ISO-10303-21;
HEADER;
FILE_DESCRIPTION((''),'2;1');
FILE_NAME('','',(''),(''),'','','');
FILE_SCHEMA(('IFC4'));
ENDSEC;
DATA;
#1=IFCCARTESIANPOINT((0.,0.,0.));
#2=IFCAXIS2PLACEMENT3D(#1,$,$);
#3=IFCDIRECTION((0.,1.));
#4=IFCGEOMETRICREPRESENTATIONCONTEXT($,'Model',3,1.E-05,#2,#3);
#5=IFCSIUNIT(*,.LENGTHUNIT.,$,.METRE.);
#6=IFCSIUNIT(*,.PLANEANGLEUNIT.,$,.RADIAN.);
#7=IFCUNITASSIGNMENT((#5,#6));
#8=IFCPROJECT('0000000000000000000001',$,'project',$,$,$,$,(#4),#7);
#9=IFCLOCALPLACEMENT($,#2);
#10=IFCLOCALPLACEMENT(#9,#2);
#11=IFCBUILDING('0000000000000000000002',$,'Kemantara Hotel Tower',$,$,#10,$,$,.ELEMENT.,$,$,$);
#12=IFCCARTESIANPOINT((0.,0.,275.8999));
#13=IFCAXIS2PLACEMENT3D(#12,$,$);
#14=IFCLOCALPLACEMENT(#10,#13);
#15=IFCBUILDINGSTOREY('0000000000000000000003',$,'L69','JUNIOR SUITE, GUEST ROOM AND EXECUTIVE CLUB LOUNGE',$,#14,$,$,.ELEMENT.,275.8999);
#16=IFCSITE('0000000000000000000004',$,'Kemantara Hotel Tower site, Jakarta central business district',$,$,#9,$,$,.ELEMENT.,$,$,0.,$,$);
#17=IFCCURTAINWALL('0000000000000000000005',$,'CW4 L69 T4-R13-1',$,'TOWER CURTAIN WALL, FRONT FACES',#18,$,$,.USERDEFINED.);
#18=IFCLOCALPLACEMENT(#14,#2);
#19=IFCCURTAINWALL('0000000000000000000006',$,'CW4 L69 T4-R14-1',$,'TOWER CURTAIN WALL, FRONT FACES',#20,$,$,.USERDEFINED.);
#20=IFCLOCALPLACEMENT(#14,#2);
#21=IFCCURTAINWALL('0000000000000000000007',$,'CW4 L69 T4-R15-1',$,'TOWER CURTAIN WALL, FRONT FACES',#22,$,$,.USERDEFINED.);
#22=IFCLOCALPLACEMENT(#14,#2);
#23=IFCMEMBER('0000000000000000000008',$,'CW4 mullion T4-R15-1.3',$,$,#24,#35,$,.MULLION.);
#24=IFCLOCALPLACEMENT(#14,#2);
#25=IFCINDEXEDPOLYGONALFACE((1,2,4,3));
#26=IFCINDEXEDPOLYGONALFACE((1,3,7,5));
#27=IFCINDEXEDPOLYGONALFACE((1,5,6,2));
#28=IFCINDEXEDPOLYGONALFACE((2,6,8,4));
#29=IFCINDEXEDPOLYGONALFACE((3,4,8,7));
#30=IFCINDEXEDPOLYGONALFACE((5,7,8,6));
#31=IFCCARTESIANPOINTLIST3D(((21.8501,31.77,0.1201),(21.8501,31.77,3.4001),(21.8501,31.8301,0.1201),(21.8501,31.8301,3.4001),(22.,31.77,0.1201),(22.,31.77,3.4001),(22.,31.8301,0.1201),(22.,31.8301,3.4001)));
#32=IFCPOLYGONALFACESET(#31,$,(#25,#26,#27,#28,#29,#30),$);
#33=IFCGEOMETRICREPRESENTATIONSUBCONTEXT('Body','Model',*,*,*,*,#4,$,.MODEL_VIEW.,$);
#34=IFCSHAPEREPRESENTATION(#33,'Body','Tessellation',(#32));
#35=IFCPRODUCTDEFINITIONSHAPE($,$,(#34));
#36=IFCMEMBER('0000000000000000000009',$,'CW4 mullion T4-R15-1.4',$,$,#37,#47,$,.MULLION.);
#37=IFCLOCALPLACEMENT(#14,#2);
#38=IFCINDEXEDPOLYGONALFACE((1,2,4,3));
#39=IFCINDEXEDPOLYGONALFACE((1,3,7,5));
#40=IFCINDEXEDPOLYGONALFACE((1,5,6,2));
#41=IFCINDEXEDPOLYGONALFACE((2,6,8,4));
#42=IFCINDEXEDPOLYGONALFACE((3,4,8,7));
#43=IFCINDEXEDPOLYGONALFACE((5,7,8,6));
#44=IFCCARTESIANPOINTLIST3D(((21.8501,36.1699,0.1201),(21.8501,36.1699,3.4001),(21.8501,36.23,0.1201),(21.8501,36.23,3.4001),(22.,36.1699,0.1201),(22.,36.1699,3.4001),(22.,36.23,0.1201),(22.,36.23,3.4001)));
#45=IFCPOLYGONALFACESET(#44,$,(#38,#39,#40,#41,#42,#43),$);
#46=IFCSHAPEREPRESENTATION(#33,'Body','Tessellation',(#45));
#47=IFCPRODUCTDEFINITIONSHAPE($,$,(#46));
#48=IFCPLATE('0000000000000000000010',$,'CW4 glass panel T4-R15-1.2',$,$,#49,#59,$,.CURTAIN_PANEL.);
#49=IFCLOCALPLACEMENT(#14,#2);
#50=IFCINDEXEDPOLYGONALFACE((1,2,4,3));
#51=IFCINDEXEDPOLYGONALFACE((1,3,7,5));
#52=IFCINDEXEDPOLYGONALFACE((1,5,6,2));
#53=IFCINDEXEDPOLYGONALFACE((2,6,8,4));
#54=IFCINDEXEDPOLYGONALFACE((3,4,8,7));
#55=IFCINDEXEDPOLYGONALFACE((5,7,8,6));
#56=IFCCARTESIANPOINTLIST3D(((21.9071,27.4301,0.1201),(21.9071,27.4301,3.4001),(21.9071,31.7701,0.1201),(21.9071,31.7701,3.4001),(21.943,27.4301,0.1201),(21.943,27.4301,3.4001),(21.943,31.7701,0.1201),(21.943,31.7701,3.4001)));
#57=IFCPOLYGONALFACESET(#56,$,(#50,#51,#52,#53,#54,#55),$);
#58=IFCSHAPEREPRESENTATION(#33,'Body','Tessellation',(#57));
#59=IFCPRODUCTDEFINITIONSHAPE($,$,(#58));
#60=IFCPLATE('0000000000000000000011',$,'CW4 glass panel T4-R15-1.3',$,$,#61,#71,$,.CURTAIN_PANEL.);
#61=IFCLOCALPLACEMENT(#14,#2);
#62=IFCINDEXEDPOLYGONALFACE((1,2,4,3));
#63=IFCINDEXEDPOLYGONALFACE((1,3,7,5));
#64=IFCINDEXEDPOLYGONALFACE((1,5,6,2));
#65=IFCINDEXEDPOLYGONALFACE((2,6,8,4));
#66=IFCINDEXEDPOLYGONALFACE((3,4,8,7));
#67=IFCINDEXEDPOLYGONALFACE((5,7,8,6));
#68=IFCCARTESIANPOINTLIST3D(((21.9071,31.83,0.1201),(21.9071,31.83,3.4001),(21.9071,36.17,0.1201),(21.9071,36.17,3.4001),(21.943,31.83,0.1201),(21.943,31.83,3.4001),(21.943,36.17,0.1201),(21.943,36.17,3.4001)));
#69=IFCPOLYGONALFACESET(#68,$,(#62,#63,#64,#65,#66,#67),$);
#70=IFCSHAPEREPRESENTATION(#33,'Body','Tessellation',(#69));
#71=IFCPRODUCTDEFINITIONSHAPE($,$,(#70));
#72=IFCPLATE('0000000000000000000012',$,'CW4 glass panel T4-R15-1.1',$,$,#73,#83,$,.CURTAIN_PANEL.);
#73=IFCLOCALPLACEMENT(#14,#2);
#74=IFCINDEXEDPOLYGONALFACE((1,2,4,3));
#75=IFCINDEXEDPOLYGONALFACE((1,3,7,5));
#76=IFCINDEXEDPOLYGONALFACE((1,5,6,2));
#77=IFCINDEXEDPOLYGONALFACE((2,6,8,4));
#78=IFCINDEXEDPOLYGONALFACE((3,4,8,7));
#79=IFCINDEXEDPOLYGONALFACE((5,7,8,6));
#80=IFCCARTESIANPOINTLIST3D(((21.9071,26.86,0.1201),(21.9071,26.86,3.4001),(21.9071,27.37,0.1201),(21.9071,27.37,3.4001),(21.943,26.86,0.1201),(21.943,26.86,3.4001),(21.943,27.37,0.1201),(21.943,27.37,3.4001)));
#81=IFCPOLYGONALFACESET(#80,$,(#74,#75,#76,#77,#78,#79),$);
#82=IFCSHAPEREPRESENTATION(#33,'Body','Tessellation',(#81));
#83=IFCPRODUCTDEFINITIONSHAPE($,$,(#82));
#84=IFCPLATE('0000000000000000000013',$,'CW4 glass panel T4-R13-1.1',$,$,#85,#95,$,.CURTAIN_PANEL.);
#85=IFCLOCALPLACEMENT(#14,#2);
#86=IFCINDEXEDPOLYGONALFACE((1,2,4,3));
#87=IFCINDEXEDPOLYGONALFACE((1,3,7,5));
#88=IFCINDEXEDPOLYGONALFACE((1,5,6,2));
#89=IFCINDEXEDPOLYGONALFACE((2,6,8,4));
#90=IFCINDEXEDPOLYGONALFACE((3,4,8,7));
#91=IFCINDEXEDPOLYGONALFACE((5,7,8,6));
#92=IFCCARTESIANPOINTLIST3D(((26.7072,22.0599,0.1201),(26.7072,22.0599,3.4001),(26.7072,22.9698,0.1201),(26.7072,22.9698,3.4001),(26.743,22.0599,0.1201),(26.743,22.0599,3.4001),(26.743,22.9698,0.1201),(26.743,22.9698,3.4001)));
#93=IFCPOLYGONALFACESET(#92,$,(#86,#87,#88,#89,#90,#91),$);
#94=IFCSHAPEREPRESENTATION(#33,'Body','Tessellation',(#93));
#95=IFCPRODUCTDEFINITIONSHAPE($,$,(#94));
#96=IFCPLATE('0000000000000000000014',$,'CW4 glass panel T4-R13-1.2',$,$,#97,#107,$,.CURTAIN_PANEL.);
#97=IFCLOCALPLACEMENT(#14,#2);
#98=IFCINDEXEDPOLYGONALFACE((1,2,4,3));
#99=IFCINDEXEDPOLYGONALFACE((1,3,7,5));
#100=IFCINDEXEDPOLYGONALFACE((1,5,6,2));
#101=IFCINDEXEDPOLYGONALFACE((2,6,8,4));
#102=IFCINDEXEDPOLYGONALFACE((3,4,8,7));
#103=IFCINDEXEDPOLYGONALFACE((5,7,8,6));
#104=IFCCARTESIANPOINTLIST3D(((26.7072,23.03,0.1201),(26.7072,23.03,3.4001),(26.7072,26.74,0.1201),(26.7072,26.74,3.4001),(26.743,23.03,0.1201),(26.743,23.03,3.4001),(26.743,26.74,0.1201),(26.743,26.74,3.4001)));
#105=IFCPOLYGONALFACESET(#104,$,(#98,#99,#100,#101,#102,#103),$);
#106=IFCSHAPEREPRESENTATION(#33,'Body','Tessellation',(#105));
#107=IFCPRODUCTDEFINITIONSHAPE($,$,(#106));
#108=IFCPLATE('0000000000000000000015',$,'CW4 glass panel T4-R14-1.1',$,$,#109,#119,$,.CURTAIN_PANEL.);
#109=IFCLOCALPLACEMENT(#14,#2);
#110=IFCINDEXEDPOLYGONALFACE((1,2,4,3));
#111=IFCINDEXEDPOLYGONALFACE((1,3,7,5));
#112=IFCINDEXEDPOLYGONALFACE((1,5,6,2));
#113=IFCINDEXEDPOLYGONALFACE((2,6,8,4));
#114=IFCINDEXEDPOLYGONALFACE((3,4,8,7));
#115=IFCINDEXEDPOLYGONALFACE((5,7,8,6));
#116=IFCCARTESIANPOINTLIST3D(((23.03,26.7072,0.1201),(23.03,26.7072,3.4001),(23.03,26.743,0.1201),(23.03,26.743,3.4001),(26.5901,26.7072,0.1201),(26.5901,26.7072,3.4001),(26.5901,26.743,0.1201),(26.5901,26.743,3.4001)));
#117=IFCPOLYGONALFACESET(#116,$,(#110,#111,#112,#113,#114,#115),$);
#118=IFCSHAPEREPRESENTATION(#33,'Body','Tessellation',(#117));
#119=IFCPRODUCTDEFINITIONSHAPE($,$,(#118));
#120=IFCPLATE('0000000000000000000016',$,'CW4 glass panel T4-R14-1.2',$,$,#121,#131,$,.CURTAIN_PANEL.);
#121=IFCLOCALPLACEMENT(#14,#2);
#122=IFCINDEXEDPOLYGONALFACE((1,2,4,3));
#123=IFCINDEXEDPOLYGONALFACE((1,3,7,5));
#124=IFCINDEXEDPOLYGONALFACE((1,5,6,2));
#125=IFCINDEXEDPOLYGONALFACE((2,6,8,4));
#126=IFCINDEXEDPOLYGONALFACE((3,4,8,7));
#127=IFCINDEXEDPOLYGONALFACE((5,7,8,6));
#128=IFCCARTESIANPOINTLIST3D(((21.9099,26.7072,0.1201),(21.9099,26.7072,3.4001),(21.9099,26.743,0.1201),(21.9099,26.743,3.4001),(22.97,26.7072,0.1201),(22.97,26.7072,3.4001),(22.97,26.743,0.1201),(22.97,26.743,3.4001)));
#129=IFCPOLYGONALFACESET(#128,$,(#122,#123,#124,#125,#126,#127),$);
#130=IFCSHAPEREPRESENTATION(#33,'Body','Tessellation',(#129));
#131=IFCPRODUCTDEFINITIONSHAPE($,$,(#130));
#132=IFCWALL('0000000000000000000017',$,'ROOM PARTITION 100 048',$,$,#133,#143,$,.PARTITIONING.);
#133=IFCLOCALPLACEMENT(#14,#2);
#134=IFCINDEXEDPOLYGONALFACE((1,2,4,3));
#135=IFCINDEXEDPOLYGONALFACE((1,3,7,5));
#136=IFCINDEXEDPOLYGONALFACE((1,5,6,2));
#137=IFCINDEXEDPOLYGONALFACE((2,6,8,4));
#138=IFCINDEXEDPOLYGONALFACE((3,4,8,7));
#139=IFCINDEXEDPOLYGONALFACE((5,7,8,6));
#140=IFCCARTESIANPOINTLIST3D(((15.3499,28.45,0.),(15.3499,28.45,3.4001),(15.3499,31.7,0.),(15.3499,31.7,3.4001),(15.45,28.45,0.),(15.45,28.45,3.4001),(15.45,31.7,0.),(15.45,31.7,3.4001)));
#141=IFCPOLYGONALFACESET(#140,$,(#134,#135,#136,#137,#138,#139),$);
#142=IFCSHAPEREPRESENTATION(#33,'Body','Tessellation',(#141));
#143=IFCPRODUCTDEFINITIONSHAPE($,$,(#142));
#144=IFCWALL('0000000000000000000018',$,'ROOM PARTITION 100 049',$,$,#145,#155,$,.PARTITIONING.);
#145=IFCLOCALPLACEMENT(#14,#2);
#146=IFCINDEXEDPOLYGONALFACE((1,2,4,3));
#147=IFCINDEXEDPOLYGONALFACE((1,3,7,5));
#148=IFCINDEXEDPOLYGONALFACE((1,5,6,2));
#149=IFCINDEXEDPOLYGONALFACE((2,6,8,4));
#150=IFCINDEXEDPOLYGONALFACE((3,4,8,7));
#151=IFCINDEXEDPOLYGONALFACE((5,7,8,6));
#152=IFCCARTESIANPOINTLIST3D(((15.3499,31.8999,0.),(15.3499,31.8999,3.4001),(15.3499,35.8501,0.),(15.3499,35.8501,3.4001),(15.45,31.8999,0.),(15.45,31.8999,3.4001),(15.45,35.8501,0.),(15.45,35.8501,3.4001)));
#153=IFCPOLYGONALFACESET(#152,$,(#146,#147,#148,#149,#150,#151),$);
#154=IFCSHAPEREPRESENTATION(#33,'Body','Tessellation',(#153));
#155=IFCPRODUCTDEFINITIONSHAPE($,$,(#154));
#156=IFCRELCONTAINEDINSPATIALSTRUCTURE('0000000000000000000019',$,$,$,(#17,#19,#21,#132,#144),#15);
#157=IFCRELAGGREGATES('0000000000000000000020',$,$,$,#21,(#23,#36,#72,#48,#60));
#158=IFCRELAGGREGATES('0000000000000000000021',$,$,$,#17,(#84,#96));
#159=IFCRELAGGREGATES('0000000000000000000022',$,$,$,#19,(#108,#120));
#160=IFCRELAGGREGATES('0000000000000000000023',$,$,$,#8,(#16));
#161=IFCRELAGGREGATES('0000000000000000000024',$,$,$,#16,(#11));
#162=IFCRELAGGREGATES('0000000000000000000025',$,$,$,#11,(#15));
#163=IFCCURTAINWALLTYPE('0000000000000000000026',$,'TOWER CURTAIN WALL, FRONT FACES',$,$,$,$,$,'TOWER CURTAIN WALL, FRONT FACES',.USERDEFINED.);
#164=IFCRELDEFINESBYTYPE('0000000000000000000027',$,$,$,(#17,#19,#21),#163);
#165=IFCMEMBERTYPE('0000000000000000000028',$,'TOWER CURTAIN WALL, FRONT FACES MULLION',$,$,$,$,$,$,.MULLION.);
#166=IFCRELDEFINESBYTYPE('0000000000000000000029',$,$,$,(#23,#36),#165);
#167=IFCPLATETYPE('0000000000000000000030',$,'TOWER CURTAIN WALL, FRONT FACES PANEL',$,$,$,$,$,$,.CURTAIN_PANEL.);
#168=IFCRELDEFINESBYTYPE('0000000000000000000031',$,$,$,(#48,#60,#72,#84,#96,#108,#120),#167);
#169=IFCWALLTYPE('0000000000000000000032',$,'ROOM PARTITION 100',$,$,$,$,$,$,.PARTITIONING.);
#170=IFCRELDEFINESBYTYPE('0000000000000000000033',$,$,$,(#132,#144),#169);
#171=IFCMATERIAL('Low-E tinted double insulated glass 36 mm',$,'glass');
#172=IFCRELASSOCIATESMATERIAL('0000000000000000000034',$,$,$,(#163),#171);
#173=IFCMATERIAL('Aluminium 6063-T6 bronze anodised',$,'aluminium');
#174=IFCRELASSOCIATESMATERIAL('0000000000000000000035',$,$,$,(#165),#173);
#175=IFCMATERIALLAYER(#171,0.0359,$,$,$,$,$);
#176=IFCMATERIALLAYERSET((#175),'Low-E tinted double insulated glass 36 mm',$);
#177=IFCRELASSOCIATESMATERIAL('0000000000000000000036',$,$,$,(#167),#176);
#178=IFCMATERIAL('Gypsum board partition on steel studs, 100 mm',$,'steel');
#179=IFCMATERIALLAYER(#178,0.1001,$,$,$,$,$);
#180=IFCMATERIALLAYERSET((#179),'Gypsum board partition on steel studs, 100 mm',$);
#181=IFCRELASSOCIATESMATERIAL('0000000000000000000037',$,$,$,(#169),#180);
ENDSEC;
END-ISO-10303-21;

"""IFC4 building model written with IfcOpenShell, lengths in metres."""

from ifc_helpers import new_model, si_unit, direction, frame, frame_2d, origin, origin_2d, place, context, subcontext, project, spatial, rectangle, extrude, source, transform, mapped, material, layer, layer_set, material_profile, profile_set, type_object, element, aggregate, save


model = new_model("IFC4")

# Units and contexts
model_context = context("Model", 3, precision=1e-05, world=origin(), true_north=direction((0.0, 1.0)))
body_context = subcontext(model_context, "Body", "Model", "MODEL_VIEW")
ifc_project = project(units=[si_unit("LENGTHUNIT", "METRE"), si_unit("PLANEANGLEUNIT", "RADIAN")], contexts=[model_context])

# Site, building, storey
site_placement = place(None, origin())
site = spatial("IfcSite", under=ifc_project, at=site_placement, Name="Kemantara Hotel Tower site, Jakarta central business district", CompositionType="ELEMENT", RefElevation=0.0)
building_placement = place(site_placement, origin())
building = spatial("IfcBuilding", under=site, at=building_placement, Name="Kemantara Hotel Tower", CompositionType="ELEMENT")
storey_placement = place(building_placement, frame((0.0, 0.0, 275.8999)))
storey = spatial("IfcBuildingStorey", under=building, at=storey_placement, Name="L69", Description="JUNIOR SUITE, GUEST ROOM AND EXECUTIVE CLUB LOUNGE", CompositionType="ELEMENT", Elevation=275.8999)

# Curtain walls
ifc_material_1 = material(Name="Low-E tinted double insulated glass 36 mm", Category="glass")
curtain_wall_type = type_object("IfcCurtainWallType", Name="TOWER CURTAIN WALL, FRONT FACES", ElementType="TOWER CURTAIN WALL, FRONT FACES", PredefinedType="USERDEFINED", material=ifc_material_1)
curtain_wall_1_placement = place(storey_placement, origin())
curtain_wall_1 = element("IfcCurtainWall", 1, at=curtain_wall_1_placement, inside=storey, type_object=curtain_wall_type, Name="CW4 L69 T4-R13-1", ObjectType="TOWER CURTAIN WALL, FRONT FACES", PredefinedType="USERDEFINED")
ifc_material_2 = material(Name="Aluminium 6063-T6 bronze anodised", Category="aluminium")
curtain_wall_2_placement = place(storey_placement, origin())
curtain_wall_2 = element("IfcCurtainWall", 2, at=curtain_wall_2_placement, inside=storey, type_object=curtain_wall_type, Name="CW4 L69 T4-R14-1", ObjectType="TOWER CURTAIN WALL, FRONT FACES", PredefinedType="USERDEFINED")
curtain_wall_3_placement = place(storey_placement, origin())
curtain_wall_3 = element("IfcCurtainWall", 3, at=curtain_wall_3_placement, inside=storey, type_object=curtain_wall_type, Name="CW4 L69 T4-R15-1", ObjectType="TOWER CURTAIN WALL, FRONT FACES", PredefinedType="USERDEFINED")

# Members
ifc_material_profile_1 = material_profile(ifc_material_2, rectangle(XDim=0.1499, YDim=0.0601, at=origin_2d()), Name="TOWER CURTAIN WALL, FRONT FACES MULLION")
ifc_profile_set_1 = profile_set([ifc_material_profile_1], Name="Aluminium 6063-T6 bronze anodised")
member_type_1 = type_object("IfcMemberType", Name="TOWER CURTAIN WALL, FRONT FACES MULLION", PredefinedType="MULLION", material=ifc_profile_set_1)
shared_shape_1 = source(origin(), body_context, "Body", "SweptSolid", [
    extrude(rectangle(XDim=0.1499, YDim=0.0601, at=origin_2d()), origin(), (0.0, 0.0, 1.0), 3.28),
])
member_1_placement = place(storey_placement, frame((21.925, 31.8, 0.1201), z_axis=(0.0, 0.0, 1.0), x_axis=(-1.0, 0.0, 0.0)))
member_1 = element("IfcMember", 4, at=member_1_placement, type_object=member_type_1, Name="CW4 mullion T4-R15-1.3", PredefinedType="MULLION", context=body_context, shape_type="MappedRepresentation", body=[
    mapped(shared_shape_1, transform((0.0, 0.0, 0.0))),
])
member_2_placement = place(storey_placement, frame((21.925, 36.2, 0.1201), z_axis=(0.0, 0.0, 1.0), x_axis=(-1.0, 0.0, 0.0)))
member_2 = element("IfcMember", 5, at=member_2_placement, type_object=member_type_1, Name="CW4 mullion T4-R15-1.4", PredefinedType="MULLION", context=body_context, shape_type="MappedRepresentation", body=[
    mapped(shared_shape_1, transform((0.0, 0.0, 0.0))),
])

# Plates
ifc_layer_1 = layer(ifc_material_1, 0.0359)
ifc_layer_set_1 = layer_set([ifc_layer_1], Name="Low-E tinted double insulated glass 36 mm")
plate_type = type_object("IfcPlateType", Name="TOWER CURTAIN WALL, FRONT FACES PANEL", PredefinedType="CURTAIN_PANEL", material=ifc_layer_set_1)
shared_shape_2 = source(origin(), body_context, "Body", "SweptSolid", [
    extrude(rectangle(XDim=4.3401, YDim=0.0359, at=origin_2d()), origin(), (0.0, 0.0, 1.0), 3.28),
])
plate_1_placement = place(storey_placement, frame((21.925, 29.6001, 0.1201), z_axis=(0.0, 0.0, 1.0), x_axis=(0.0, 1.0, 0.0)))
plate_1 = element("IfcPlate", 6, at=plate_1_placement, type_object=plate_type, Name="CW4 glass panel T4-R15-1.2", PredefinedType="CURTAIN_PANEL", context=body_context, shape_type="MappedRepresentation", body=[
    mapped(shared_shape_2, transform((0.0, 0.0, 0.0))),
])
plate_2_placement = place(storey_placement, frame((21.925, 34.0, 0.1201), z_axis=(0.0, 0.0, 1.0), x_axis=(0.0, 1.0, 0.0)))
plate_2 = element("IfcPlate", 7, at=plate_2_placement, type_object=plate_type, Name="CW4 glass panel T4-R15-1.3", PredefinedType="CURTAIN_PANEL", context=body_context, shape_type="MappedRepresentation", body=[
    mapped(shared_shape_2, transform((0.0, 0.0, 0.0))),
])
shared_shape_3 = source(origin(), body_context, "Body", "SweptSolid", [
    extrude(rectangle(XDim=0.51, YDim=0.0359, at=origin_2d()), origin(), (0.0, 0.0, 1.0), 3.28),
])
plate_3_placement = place(storey_placement, frame((21.925, 27.115, 0.1201), z_axis=(0.0, 0.0, 1.0), x_axis=(0.0, 1.0, 0.0)))
plate_3 = element("IfcPlate", 8, at=plate_3_placement, type_object=plate_type, Name="CW4 glass panel T4-R15-1.1", PredefinedType="CURTAIN_PANEL", context=body_context, shape_type="MappedRepresentation", body=[
    mapped(shared_shape_3, transform((0.0, 0.0, 0.0))),
])
aggregate(curtain_wall_3, [member_1, member_2, plate_3, plate_1, plate_2])
shared_shape_4 = source(origin(), body_context, "Body", "SweptSolid", [
    extrude(rectangle(XDim=0.9099, YDim=0.0359, at=origin_2d()), origin(), (0.0, 0.0, 1.0), 3.28),
])
plate_4_placement = place(storey_placement, frame((26.7251, 22.5149, 0.1201), z_axis=(0.0, 0.0, 1.0), x_axis=(0.0, 1.0, 0.0)))
plate_4 = element("IfcPlate", 9, at=plate_4_placement, type_object=plate_type, Name="CW4 glass panel T4-R13-1.1", PredefinedType="CURTAIN_PANEL", context=body_context, shape_type="MappedRepresentation", body=[
    mapped(shared_shape_4, transform((0.0, 0.0, 0.0))),
])
shared_shape_5 = source(origin(), body_context, "Body", "SweptSolid", [
    extrude(rectangle(XDim=3.71, YDim=0.0359, at=origin_2d()), origin(), (0.0, 0.0, 1.0), 3.28),
])
plate_5_placement = place(storey_placement, frame((26.7251, 24.885, 0.1201), z_axis=(0.0, 0.0, 1.0), x_axis=(0.0, 1.0, 0.0)))
plate_5 = element("IfcPlate", 10, at=plate_5_placement, type_object=plate_type, Name="CW4 glass panel T4-R13-1.2", PredefinedType="CURTAIN_PANEL", context=body_context, shape_type="MappedRepresentation", body=[
    mapped(shared_shape_5, transform((0.0, 0.0, 0.0))),
])
aggregate(curtain_wall_1, [plate_4, plate_5])
shared_shape_6 = source(origin(), body_context, "Body", "SweptSolid", [
    extrude(rectangle(XDim=3.5601, YDim=0.0359, at=origin_2d()), origin(), (0.0, 0.0, 1.0), 3.28),
])
plate_6_placement = place(storey_placement, frame((24.8101, 26.7251, 0.1201), z_axis=(0.0, 0.0, 1.0), x_axis=(-1.0, 0.0, 0.0)))
plate_6 = element("IfcPlate", 11, at=plate_6_placement, type_object=plate_type, Name="CW4 glass panel T4-R14-1.1", PredefinedType="CURTAIN_PANEL", context=body_context, shape_type="MappedRepresentation", body=[
    mapped(shared_shape_6, transform((0.0, 0.0, 0.0))),
])
shared_shape_7 = source(origin(), body_context, "Body", "SweptSolid", [
    extrude(rectangle(XDim=1.0601, YDim=0.0359, at=origin_2d()), origin(), (0.0, 0.0, 1.0), 3.28),
])
plate_7_placement = place(storey_placement, frame((22.4399, 26.7251, 0.1201), z_axis=(0.0, 0.0, 1.0), x_axis=(-1.0, 0.0, 0.0)))
plate_7 = element("IfcPlate", 12, at=plate_7_placement, type_object=plate_type, Name="CW4 glass panel T4-R14-1.2", PredefinedType="CURTAIN_PANEL", context=body_context, shape_type="MappedRepresentation", body=[
    mapped(shared_shape_7, transform((0.0, 0.0, 0.0))),
])
aggregate(curtain_wall_2, [plate_6, plate_7])

# Walls
ifc_material_3 = material(Name="Gypsum board partition on steel studs, 100 mm", Category="steel")
ifc_layer_2 = layer(ifc_material_3, 0.1001)
ifc_layer_set_2 = layer_set([ifc_layer_2], Name="Gypsum board partition on steel studs, 100 mm")
wall_type = type_object("IfcWallType", Name="ROOM PARTITION 100", PredefinedType="PARTITIONING", material=ifc_layer_set_2)
wall_1_placement = place(storey_placement, frame((15.3999, 28.45, 0.0), z_axis=(0.0, 0.0, 1.0), x_axis=(0.0, 1.0, 0.0)))
element("IfcWall", 13, at=wall_1_placement, inside=storey, type_object=wall_type, Name="ROOM PARTITION 100 048", PredefinedType="PARTITIONING", context=body_context, shape_type="SweptSolid", body=[
    extrude(rectangle(XDim=3.25, YDim=0.1001, at=frame_2d((1.625, 0.0))), origin(), (0.0, 0.0, 1.0), 3.4001),
])
wall_2_placement = place(storey_placement, frame((15.3999, 31.8999, 0.0), z_axis=(0.0, 0.0, 1.0), x_axis=(0.0, 1.0, 0.0)))
element("IfcWall", 14, at=wall_2_placement, inside=storey, type_object=wall_type, Name="ROOM PARTITION 100 049", PredefinedType="PARTITIONING", context=body_context, shape_type="SweptSolid", body=[
    extrude(rectangle(XDim=3.9502, YDim=0.1001, at=frame_2d((1.9751, 0.0))), origin(), (0.0, 0.0, 1.0), 3.4001),
])

save(model, "model.ifc")
